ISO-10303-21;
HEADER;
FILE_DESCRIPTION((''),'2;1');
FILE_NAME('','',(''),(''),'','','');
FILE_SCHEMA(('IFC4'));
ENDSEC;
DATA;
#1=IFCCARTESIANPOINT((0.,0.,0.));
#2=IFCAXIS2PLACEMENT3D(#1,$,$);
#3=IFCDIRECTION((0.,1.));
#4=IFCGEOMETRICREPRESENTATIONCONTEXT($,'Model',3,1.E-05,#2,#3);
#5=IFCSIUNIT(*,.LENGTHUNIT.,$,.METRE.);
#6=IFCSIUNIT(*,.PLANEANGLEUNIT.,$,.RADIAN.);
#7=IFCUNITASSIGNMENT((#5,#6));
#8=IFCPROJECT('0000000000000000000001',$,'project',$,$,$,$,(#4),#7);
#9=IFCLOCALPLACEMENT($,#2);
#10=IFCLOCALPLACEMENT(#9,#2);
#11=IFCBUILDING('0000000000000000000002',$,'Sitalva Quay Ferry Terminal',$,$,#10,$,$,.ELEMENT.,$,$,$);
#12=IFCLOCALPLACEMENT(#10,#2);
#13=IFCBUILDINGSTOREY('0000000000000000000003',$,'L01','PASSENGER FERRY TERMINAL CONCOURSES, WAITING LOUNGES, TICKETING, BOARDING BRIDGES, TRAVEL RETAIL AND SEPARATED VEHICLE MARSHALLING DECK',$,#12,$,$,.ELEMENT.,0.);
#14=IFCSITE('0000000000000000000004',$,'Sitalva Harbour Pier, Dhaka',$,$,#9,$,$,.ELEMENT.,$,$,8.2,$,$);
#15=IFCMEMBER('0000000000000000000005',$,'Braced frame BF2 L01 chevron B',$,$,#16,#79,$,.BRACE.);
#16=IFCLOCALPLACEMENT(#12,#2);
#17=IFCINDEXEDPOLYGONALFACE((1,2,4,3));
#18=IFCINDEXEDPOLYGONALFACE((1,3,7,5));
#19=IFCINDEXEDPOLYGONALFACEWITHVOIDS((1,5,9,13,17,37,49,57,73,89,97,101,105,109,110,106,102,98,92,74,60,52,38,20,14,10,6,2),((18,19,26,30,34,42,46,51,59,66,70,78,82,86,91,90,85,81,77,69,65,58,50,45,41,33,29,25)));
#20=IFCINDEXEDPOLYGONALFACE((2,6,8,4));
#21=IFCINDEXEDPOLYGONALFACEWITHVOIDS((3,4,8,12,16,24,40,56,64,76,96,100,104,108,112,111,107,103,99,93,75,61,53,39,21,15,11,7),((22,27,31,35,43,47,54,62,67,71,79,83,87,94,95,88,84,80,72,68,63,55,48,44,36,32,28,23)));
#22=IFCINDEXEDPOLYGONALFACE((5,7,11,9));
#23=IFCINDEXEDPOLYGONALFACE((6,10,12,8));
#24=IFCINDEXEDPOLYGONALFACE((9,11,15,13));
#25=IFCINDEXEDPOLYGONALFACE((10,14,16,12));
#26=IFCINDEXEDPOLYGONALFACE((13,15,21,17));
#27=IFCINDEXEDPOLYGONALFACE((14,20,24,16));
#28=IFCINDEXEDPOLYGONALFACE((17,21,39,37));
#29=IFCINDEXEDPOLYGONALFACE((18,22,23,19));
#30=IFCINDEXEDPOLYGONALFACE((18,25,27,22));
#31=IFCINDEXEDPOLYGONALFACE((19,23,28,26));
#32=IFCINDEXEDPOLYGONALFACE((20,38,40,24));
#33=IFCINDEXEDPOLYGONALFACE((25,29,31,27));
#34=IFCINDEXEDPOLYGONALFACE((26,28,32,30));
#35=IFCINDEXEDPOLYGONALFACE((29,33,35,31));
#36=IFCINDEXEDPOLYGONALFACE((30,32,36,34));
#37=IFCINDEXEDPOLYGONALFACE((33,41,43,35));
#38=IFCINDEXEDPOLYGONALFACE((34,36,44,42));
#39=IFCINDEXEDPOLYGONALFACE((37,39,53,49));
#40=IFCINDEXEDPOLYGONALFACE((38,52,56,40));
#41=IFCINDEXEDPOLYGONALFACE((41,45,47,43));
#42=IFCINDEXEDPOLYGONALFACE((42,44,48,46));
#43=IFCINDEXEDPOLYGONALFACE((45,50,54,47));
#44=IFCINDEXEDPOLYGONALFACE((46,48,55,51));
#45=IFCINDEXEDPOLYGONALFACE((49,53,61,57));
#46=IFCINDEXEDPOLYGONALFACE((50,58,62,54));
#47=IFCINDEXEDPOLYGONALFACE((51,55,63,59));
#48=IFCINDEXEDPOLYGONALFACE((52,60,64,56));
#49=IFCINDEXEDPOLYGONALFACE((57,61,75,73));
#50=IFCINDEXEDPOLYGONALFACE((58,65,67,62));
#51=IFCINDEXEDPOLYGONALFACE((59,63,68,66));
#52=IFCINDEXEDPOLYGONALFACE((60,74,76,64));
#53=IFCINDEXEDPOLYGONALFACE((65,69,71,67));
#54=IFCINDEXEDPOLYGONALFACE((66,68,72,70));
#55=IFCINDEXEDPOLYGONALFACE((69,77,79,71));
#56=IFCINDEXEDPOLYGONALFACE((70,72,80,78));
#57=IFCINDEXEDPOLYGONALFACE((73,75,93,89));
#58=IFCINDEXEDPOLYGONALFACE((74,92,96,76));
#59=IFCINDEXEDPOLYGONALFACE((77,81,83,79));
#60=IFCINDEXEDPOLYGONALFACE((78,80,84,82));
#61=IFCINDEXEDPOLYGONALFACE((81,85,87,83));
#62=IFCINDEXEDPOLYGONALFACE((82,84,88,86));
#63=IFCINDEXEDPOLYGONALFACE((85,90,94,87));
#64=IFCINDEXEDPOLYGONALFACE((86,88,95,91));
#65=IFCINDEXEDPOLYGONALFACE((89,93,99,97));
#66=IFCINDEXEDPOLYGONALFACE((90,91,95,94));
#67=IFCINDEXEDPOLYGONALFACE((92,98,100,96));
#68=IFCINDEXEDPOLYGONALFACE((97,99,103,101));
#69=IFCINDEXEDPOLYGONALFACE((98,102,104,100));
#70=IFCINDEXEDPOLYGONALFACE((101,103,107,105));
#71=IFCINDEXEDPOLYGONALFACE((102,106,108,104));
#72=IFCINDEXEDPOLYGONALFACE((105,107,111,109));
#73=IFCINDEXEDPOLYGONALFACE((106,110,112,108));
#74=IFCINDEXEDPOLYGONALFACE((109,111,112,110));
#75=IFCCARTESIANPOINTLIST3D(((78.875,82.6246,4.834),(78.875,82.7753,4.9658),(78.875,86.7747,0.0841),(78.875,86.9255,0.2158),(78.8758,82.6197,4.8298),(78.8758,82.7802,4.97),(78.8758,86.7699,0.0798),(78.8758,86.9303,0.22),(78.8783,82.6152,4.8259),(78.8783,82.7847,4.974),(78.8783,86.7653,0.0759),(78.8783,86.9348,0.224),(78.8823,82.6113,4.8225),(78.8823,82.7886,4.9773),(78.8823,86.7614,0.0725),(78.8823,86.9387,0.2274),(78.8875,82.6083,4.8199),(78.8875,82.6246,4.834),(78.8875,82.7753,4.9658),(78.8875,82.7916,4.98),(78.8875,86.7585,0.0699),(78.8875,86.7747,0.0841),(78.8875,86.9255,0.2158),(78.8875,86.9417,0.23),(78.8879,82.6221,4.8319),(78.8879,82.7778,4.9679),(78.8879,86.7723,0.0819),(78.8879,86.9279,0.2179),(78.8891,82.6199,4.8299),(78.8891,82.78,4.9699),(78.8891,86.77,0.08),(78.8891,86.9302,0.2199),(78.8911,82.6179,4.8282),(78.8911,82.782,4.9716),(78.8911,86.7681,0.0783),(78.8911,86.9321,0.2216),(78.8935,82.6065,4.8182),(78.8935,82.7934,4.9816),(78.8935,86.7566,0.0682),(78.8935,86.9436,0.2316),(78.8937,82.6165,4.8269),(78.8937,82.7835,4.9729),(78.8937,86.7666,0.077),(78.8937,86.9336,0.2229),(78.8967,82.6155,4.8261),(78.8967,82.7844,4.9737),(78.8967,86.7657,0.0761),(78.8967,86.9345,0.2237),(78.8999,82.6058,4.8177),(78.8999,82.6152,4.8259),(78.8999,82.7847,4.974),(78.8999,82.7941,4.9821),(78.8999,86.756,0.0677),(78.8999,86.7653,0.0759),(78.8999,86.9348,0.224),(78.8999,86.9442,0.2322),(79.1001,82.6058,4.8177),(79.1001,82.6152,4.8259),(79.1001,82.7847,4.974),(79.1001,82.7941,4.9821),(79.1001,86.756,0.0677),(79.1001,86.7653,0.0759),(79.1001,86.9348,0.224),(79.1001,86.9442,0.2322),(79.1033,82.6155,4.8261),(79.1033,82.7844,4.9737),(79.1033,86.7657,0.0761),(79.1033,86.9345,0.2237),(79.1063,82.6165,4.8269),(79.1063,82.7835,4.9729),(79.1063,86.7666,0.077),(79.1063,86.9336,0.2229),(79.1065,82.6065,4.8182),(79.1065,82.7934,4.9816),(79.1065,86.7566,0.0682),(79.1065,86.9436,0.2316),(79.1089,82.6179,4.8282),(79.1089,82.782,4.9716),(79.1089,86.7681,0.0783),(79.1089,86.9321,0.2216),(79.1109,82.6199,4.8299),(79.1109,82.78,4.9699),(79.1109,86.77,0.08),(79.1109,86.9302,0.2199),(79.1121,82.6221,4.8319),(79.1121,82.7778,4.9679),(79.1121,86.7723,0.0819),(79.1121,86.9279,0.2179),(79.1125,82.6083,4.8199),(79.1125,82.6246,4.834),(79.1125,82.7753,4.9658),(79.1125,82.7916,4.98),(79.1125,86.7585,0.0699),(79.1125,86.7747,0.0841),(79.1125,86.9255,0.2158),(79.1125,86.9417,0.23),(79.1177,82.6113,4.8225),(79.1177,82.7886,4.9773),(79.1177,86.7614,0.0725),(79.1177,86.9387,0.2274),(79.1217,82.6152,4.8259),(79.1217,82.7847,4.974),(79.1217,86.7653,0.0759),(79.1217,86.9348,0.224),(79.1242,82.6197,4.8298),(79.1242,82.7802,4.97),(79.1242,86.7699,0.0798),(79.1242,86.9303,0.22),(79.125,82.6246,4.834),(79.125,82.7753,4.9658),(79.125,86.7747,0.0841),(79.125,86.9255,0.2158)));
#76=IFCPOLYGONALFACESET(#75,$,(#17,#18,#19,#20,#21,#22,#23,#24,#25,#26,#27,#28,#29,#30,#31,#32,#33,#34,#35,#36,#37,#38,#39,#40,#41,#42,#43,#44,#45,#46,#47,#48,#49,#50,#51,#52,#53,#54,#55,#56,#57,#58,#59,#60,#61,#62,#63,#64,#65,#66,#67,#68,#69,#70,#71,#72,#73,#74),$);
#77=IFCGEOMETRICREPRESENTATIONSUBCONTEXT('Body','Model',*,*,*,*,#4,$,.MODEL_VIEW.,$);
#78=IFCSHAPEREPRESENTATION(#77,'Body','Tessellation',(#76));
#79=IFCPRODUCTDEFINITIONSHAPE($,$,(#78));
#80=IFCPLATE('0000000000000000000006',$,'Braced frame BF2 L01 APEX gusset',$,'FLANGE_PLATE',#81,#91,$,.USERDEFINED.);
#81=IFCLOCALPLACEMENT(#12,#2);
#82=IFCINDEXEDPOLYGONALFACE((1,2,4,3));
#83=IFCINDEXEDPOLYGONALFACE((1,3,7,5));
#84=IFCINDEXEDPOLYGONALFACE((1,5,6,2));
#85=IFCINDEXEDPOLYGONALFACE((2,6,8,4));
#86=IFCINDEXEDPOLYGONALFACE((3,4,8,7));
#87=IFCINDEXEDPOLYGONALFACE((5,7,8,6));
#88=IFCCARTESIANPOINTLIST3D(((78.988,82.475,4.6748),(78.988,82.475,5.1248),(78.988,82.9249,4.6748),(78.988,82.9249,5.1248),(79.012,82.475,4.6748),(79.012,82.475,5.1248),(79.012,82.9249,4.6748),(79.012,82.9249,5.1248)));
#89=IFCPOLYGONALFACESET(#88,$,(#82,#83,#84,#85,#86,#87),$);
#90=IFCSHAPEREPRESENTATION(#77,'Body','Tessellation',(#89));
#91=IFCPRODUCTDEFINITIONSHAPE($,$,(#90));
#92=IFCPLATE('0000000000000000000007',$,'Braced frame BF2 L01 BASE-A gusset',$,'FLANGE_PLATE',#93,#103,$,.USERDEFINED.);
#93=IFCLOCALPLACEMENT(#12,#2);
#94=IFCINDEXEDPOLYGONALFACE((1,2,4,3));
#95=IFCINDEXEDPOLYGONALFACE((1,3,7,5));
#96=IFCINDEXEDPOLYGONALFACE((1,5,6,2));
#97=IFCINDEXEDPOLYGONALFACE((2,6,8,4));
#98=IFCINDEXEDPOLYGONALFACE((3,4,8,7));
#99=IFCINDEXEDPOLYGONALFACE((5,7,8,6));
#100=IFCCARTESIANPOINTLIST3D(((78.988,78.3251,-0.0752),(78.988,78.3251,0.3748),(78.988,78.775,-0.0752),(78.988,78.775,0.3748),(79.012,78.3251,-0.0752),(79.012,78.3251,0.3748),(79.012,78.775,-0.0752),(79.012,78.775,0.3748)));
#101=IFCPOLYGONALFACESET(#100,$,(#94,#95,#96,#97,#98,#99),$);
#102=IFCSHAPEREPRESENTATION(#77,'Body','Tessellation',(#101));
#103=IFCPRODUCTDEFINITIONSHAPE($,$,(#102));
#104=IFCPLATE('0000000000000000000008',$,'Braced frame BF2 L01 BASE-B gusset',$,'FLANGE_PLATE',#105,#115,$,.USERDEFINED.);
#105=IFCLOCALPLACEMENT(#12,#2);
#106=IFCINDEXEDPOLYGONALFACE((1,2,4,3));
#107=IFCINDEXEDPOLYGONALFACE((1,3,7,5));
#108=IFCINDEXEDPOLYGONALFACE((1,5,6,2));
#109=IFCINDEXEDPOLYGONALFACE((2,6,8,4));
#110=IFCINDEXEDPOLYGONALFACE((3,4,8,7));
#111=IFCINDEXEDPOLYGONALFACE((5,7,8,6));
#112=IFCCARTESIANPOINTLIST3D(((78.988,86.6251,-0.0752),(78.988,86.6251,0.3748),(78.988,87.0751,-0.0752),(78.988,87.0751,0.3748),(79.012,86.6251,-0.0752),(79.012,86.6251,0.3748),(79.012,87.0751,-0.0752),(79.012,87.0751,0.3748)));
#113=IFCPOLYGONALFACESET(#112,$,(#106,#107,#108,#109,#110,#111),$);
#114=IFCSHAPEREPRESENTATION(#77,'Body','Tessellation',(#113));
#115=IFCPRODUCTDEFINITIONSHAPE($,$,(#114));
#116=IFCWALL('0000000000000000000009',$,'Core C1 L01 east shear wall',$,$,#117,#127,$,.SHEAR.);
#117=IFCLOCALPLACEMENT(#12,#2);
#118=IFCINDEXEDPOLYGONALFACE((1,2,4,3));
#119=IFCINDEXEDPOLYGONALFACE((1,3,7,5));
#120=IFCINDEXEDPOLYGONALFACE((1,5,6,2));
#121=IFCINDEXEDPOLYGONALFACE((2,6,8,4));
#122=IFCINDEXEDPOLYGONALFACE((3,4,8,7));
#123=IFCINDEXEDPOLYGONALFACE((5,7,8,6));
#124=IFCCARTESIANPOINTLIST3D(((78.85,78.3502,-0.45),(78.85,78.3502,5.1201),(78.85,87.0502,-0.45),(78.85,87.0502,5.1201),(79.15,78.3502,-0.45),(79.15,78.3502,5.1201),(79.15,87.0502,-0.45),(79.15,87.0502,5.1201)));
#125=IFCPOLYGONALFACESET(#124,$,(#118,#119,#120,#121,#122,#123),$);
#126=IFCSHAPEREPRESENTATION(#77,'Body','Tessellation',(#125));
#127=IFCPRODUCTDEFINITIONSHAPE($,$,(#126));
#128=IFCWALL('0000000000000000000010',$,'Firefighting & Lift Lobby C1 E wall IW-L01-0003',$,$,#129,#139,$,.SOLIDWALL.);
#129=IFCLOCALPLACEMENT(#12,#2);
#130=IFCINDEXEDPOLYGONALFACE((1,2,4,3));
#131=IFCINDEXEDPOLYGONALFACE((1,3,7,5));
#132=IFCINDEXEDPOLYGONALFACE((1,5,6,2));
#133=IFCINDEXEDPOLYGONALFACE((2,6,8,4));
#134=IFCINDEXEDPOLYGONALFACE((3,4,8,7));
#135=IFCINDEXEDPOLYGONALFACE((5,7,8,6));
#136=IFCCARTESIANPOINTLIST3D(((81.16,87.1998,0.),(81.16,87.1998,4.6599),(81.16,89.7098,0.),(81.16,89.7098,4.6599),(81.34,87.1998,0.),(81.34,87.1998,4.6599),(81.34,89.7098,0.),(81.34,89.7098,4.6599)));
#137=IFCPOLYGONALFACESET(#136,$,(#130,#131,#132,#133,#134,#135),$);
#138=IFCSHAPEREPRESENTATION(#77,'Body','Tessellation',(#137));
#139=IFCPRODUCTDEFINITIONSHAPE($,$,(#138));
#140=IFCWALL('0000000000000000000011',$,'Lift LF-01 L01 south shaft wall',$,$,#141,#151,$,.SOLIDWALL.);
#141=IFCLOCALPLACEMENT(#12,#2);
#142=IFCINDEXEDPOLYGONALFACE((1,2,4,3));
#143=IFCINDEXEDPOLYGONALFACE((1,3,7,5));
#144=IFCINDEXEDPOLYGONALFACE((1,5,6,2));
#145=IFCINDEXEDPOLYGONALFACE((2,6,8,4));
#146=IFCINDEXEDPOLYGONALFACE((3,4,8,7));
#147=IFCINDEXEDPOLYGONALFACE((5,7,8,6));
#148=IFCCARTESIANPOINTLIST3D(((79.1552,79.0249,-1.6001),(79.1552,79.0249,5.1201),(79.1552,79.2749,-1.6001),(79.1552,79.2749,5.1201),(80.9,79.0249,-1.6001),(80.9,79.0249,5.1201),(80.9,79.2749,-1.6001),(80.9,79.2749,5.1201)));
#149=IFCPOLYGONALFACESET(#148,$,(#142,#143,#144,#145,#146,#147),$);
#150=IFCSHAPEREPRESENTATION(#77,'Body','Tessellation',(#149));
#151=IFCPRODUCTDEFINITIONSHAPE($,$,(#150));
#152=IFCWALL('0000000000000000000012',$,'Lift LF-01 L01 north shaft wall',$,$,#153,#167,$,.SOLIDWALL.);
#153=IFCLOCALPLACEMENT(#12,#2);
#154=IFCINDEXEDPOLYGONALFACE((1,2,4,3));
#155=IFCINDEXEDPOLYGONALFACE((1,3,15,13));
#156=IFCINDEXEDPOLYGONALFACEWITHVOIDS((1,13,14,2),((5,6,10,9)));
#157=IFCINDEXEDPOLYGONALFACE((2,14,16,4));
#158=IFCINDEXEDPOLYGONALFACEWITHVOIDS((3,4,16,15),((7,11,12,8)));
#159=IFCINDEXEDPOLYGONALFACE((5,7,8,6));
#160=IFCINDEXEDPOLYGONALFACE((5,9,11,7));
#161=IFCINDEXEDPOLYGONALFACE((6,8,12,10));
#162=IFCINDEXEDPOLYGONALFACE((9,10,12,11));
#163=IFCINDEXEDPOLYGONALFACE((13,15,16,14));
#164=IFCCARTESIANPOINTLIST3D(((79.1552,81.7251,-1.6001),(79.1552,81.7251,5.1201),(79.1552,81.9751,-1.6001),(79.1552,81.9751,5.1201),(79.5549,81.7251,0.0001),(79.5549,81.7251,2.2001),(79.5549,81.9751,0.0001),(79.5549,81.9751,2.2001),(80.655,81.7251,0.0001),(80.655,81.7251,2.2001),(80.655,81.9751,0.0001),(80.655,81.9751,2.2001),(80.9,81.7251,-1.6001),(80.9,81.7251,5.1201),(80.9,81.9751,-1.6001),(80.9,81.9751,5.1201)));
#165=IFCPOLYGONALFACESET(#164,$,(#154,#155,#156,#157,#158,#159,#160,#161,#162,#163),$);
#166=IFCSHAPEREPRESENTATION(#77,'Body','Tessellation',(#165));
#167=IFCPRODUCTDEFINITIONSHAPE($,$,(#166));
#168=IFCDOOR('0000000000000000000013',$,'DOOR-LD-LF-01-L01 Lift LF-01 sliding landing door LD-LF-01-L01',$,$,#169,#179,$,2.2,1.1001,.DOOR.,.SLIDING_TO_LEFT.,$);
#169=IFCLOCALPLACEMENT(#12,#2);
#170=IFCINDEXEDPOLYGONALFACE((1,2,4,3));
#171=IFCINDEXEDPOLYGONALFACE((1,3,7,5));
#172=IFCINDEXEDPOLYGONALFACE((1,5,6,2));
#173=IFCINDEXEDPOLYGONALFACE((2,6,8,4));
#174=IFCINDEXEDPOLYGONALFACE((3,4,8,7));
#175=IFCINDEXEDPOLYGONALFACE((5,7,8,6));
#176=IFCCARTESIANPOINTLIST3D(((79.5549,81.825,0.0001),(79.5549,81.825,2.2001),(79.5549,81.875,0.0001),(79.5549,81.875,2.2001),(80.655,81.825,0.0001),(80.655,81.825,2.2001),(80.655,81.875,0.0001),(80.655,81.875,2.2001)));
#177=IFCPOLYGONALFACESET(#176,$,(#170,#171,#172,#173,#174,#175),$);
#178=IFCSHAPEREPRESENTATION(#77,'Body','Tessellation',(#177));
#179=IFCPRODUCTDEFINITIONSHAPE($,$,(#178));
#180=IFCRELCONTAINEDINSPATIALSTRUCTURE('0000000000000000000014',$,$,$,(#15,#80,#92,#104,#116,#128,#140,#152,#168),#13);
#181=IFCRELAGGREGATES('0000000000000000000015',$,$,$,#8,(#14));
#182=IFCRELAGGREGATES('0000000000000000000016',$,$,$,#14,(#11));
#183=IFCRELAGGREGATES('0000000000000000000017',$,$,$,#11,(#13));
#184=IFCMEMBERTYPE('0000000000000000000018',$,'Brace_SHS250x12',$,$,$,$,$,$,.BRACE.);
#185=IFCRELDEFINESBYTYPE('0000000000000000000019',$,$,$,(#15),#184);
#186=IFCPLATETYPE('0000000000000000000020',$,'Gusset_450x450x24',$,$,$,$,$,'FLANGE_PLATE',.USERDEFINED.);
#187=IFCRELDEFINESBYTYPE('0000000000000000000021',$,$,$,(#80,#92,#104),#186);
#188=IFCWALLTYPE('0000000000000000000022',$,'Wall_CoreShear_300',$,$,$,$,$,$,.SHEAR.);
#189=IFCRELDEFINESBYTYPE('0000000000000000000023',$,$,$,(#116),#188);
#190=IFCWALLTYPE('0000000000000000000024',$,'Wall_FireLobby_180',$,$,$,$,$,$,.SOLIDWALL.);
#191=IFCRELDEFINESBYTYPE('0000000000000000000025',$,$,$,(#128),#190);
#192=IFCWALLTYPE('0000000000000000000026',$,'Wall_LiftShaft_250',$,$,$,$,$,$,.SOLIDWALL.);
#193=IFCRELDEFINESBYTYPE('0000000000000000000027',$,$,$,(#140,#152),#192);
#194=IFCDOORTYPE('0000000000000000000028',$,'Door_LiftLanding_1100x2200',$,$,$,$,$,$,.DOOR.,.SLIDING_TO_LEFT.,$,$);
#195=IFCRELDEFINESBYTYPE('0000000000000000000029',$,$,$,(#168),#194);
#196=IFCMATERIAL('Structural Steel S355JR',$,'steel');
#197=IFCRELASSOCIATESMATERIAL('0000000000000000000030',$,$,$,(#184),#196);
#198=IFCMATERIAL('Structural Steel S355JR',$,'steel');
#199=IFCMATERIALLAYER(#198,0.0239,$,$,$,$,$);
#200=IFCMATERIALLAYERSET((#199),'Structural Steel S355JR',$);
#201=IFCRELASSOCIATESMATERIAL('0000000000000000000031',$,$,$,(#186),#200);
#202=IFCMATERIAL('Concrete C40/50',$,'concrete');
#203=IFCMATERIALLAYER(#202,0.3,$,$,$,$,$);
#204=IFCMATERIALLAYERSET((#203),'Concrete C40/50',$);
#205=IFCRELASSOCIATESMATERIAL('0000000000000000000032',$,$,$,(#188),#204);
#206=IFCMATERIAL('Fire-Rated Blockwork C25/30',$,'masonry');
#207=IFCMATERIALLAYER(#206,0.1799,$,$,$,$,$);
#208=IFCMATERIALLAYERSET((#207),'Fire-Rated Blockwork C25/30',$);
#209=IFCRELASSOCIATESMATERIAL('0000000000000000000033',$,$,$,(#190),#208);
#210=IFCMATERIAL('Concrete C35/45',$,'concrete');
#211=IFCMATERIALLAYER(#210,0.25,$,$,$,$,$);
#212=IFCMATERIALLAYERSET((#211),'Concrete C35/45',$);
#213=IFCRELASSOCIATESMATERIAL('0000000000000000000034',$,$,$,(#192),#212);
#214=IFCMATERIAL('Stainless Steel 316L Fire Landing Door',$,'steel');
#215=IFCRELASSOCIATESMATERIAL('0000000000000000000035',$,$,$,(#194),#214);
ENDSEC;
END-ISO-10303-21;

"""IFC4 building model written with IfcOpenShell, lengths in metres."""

from ifc_helpers import new_model, si_unit, direction, frame, frame_2d, origin, origin_2d, place, context, subcontext, project, spatial, rectangle, hollow_rectangle, extrude, material, layer, layer_set, material_profile, profile_set, type_object, element, fill, save


model = new_model("IFC4")

# Units and contexts
model_context = context("Model", 3, precision=1e-05, world=origin(), true_north=direction((0.0, 1.0)))
body_context = subcontext(model_context, "Body", "Model", "MODEL_VIEW")
ifc_project = project(units=[si_unit("LENGTHUNIT", "METRE"), si_unit("PLANEANGLEUNIT", "RADIAN")], contexts=[model_context])

# Site, building, storey
site_placement = place(None, origin())
site = spatial("IfcSite", under=ifc_project, at=site_placement, Name="Sitalva Harbour Pier, Dhaka", CompositionType="ELEMENT", RefElevation=8.2)
building_placement = place(site_placement, origin())
building = spatial("IfcBuilding", under=site, at=building_placement, Name="Sitalva Quay Ferry Terminal", CompositionType="ELEMENT")
storey_placement = place(building_placement, origin())
storey = spatial("IfcBuildingStorey", under=building, at=storey_placement, Name="L01", Description="PASSENGER FERRY TERMINAL CONCOURSES, WAITING LOUNGES, TICKETING, BOARDING BRIDGES, TRAVEL RETAIL AND SEPARATED VEHICLE MARSHALLING DECK", CompositionType="ELEMENT", Elevation=0.0)

# Member
ifc_material_1 = material(Name="Structural Steel S355JR", Category="steel")
ifc_material_profile_1 = material_profile(ifc_material_1, hollow_rectangle(XDim=0.25, YDim=0.25, WallThickness=0.0125, InnerFilletRadius=0.0125, OuterFilletRadius=0.0249, at=origin_2d()), Name="SHS250x250x12.5")
ifc_profile_set_1 = profile_set([ifc_material_profile_1], Name="Structural Steel S355JR")
member_type = type_object("IfcMemberType", Name="Brace_SHS250x12", PredefinedType="BRACE", material=ifc_profile_set_1)
member_1_placement = place(storey_placement, frame((79.0, 82.7, 4.8999), z_axis=(0.0, 0.657956, -0.753056), x_axis=(-1.0, 0.0, 0.0)))
element("IfcMember", 1, at=member_1_placement, inside=storey, type_object=member_type, Name="Braced frame BF2 L01 chevron B", PredefinedType="BRACE", context=body_context, shape_type="SweptSolid", body=[
    extrude(hollow_rectangle(XDim=0.25, YDim=0.25, WallThickness=0.0125, InnerFilletRadius=0.0125, OuterFilletRadius=0.0249, at=origin_2d()), origin(), (0.0, 0.0, 1.0), 6.3076),
])

# Plates
ifc_material_2 = material(Name="Structural Steel S355JR", Category="steel")
ifc_layer_1 = layer(ifc_material_2, 0.0239)
ifc_layer_set_1 = layer_set([ifc_layer_1], Name="Structural Steel S355JR")
plate_type = type_object("IfcPlateType", Name="Gusset_450x450x24", ElementType="FLANGE_PLATE", PredefinedType="USERDEFINED", material=ifc_layer_set_1)
for number, where, z_axis, x_axis, name in (
    (2, (79.0, 82.7, 4.6748), (0.0, 0.0, 1.0), (1.0, 0.0, 0.0), "Braced frame BF2 L01 APEX gusset"),
    (3, (79.0, 78.55, -0.0752), (0.0, 0.0, 1.0), (1.0, 0.0, 0.0), "Braced frame BF2 L01 BASE-A gusset"),
    (4, (79.0, 86.8501, -0.0752), (0.0, 0.0, 1.0), (1.0, 0.0, 0.0), "Braced frame BF2 L01 BASE-B gusset"),
):
    element("IfcPlate", number, at=place(storey_placement, frame(where, z_axis=z_axis, x_axis=x_axis)), inside=storey, type_object=plate_type, Name=name, ObjectType="FLANGE_PLATE", PredefinedType="USERDEFINED", context=body_context, shape_type="SweptSolid", body=[
        extrude(rectangle(XDim=0.0239, YDim=0.45, at=origin_2d()), origin(), (0.0, 0.0, 1.0), 0.45),
    ])

# Walls
ifc_material_3 = material(Name="Concrete C40/50", Category="concrete")
ifc_layer_2 = layer(ifc_material_3, 0.3)
ifc_layer_set_2 = layer_set([ifc_layer_2], Name="Concrete C40/50")
wall_type_1 = type_object("IfcWallType", Name="Wall_CoreShear_300", PredefinedType="SHEAR", material=ifc_layer_set_2)
wall_1_placement = place(storey_placement, frame((79.0, 78.3501, -0.45), z_axis=(0.0, 0.0, 1.0), x_axis=(0.0, 1.0, 0.0)))
element("IfcWall", 5, at=wall_1_placement, inside=storey, type_object=wall_type_1, Name="Core C1 L01 east shear wall", PredefinedType="SHEAR", context=body_context, shape_type="SweptSolid", body=[
    extrude(rectangle(XDim=8.7, YDim=0.3, at=frame_2d((4.3501, 0.0))), origin(), (0.0, 0.0, 1.0), 5.5701),
])
ifc_material_4 = material(Name="Fire-Rated Blockwork C25/30", Category="masonry")
ifc_layer_3 = layer(ifc_material_4, 0.1799)
ifc_layer_set_3 = layer_set([ifc_layer_3], Name="Fire-Rated Blockwork C25/30")
wall_type_2 = type_object("IfcWallType", Name="Wall_FireLobby_180", PredefinedType="SOLIDWALL", material=ifc_layer_set_3)
wall_2_placement = place(storey_placement, frame((81.25, 87.2, 0.0), z_axis=(0.0, 0.0, 1.0), x_axis=(0.0, 1.0, 0.0)))
element("IfcWall", 6, at=wall_2_placement, inside=storey, type_object=wall_type_2, Name="Firefighting & Lift Lobby C1 E wall IW-L01-0003", PredefinedType="SOLIDWALL", context=body_context, shape_type="SweptSolid", body=[
    extrude(rectangle(XDim=2.51, YDim=0.1799, at=frame_2d((1.2549, 0.0))), origin(), (0.0, 0.0, 1.0), 4.6599),
])
ifc_material_5 = material(Name="Concrete C35/45", Category="concrete")
ifc_layer_4 = layer(ifc_material_5, 0.25)
ifc_layer_set_4 = layer_set([ifc_layer_4], Name="Concrete C35/45")
wall_type_3 = type_object("IfcWallType", Name="Wall_LiftShaft_250", PredefinedType="SOLIDWALL", material=ifc_layer_set_4)
wall_3_placement = place(storey_placement, frame((79.155, 79.1499, -1.6001), z_axis=(0.0, 0.0, 1.0), x_axis=(1.0, 0.0, 0.0)))
element("IfcWall", 7, at=wall_3_placement, inside=storey, type_object=wall_type_3, Name="Lift LF-01 L01 south shaft wall", PredefinedType="SOLIDWALL", context=body_context, shape_type="SweptSolid", body=[
    extrude(rectangle(XDim=1.7449, YDim=0.25, at=frame_2d((0.8726, 0.0))), origin(), (0.0, 0.0, 1.0), 6.7202),
])

# Wall, opening, door
wall_4_placement = place(storey_placement, frame((79.155, 81.8501, -1.6001), z_axis=(0.0, 0.0, 1.0), x_axis=(1.0, 0.0, 0.0)))
wall_4 = element("IfcWall", 8, at=wall_4_placement, inside=storey, type_object=wall_type_3, Name="Lift LF-01 L01 north shaft wall", PredefinedType="SOLIDWALL", context=body_context, shape_type="SweptSolid", body=[
    extrude(rectangle(XDim=1.7449, YDim=0.25, at=frame_2d((0.8726, 0.0))), origin(), (0.0, 0.0, 1.0), 6.7202),
])
opening_1_placement = place(wall_4_placement, frame((0.3999, 0.0, 1.6001)))
opening_1 = element("IfcOpeningElement", 9, at=opening_1_placement, cuts=wall_4, PredefinedType="OPENING", context=body_context, shape_type="SweptSolid", body=[
    extrude(rectangle(XDim=1.1001, YDim=2.2, at=frame_2d((0.55, 1.1001))), frame((0.0, 0.135, 0.0), z_axis=(0.0, -1.0, 0.0), x_axis=(1.0, 0.0, 0.0)), (0.0, 0.0, 1.0), 0.27),
])
ifc_material_6 = material(Name="Stainless Steel 316L Fire Landing Door", Category="steel")
door_type = type_object("IfcDoorType", Name="Door_LiftLanding_1100x2200", OperationType="SLIDING_TO_LEFT", PredefinedType="DOOR", material=ifc_material_6)
door_1_placement = place(opening_1_placement, origin())
door_1 = element("IfcDoor", 10, at=door_1_placement, inside=storey, type_object=door_type, Name="DOOR-LD-LF-01-L01 Lift LF-01 sliding landing door LD-LF-01-L01", OperationType="SLIDING_TO_LEFT", OverallHeight=2.2, OverallWidth=1.1001, PredefinedType="DOOR", context=body_context, shape_type="SweptSolid", body=[
    extrude(rectangle(XDim=1.1001, YDim=2.2, at=frame_2d((0.55, 1.1001))), frame((0.0, 0.0249, 0.0), z_axis=(0.0, -1.0, 0.0), x_axis=(1.0, 0.0, 0.0)), (0.0, 0.0, 1.0), 0.05),
])
fill(opening_1, door_1)

save(model, "model.ifc")
